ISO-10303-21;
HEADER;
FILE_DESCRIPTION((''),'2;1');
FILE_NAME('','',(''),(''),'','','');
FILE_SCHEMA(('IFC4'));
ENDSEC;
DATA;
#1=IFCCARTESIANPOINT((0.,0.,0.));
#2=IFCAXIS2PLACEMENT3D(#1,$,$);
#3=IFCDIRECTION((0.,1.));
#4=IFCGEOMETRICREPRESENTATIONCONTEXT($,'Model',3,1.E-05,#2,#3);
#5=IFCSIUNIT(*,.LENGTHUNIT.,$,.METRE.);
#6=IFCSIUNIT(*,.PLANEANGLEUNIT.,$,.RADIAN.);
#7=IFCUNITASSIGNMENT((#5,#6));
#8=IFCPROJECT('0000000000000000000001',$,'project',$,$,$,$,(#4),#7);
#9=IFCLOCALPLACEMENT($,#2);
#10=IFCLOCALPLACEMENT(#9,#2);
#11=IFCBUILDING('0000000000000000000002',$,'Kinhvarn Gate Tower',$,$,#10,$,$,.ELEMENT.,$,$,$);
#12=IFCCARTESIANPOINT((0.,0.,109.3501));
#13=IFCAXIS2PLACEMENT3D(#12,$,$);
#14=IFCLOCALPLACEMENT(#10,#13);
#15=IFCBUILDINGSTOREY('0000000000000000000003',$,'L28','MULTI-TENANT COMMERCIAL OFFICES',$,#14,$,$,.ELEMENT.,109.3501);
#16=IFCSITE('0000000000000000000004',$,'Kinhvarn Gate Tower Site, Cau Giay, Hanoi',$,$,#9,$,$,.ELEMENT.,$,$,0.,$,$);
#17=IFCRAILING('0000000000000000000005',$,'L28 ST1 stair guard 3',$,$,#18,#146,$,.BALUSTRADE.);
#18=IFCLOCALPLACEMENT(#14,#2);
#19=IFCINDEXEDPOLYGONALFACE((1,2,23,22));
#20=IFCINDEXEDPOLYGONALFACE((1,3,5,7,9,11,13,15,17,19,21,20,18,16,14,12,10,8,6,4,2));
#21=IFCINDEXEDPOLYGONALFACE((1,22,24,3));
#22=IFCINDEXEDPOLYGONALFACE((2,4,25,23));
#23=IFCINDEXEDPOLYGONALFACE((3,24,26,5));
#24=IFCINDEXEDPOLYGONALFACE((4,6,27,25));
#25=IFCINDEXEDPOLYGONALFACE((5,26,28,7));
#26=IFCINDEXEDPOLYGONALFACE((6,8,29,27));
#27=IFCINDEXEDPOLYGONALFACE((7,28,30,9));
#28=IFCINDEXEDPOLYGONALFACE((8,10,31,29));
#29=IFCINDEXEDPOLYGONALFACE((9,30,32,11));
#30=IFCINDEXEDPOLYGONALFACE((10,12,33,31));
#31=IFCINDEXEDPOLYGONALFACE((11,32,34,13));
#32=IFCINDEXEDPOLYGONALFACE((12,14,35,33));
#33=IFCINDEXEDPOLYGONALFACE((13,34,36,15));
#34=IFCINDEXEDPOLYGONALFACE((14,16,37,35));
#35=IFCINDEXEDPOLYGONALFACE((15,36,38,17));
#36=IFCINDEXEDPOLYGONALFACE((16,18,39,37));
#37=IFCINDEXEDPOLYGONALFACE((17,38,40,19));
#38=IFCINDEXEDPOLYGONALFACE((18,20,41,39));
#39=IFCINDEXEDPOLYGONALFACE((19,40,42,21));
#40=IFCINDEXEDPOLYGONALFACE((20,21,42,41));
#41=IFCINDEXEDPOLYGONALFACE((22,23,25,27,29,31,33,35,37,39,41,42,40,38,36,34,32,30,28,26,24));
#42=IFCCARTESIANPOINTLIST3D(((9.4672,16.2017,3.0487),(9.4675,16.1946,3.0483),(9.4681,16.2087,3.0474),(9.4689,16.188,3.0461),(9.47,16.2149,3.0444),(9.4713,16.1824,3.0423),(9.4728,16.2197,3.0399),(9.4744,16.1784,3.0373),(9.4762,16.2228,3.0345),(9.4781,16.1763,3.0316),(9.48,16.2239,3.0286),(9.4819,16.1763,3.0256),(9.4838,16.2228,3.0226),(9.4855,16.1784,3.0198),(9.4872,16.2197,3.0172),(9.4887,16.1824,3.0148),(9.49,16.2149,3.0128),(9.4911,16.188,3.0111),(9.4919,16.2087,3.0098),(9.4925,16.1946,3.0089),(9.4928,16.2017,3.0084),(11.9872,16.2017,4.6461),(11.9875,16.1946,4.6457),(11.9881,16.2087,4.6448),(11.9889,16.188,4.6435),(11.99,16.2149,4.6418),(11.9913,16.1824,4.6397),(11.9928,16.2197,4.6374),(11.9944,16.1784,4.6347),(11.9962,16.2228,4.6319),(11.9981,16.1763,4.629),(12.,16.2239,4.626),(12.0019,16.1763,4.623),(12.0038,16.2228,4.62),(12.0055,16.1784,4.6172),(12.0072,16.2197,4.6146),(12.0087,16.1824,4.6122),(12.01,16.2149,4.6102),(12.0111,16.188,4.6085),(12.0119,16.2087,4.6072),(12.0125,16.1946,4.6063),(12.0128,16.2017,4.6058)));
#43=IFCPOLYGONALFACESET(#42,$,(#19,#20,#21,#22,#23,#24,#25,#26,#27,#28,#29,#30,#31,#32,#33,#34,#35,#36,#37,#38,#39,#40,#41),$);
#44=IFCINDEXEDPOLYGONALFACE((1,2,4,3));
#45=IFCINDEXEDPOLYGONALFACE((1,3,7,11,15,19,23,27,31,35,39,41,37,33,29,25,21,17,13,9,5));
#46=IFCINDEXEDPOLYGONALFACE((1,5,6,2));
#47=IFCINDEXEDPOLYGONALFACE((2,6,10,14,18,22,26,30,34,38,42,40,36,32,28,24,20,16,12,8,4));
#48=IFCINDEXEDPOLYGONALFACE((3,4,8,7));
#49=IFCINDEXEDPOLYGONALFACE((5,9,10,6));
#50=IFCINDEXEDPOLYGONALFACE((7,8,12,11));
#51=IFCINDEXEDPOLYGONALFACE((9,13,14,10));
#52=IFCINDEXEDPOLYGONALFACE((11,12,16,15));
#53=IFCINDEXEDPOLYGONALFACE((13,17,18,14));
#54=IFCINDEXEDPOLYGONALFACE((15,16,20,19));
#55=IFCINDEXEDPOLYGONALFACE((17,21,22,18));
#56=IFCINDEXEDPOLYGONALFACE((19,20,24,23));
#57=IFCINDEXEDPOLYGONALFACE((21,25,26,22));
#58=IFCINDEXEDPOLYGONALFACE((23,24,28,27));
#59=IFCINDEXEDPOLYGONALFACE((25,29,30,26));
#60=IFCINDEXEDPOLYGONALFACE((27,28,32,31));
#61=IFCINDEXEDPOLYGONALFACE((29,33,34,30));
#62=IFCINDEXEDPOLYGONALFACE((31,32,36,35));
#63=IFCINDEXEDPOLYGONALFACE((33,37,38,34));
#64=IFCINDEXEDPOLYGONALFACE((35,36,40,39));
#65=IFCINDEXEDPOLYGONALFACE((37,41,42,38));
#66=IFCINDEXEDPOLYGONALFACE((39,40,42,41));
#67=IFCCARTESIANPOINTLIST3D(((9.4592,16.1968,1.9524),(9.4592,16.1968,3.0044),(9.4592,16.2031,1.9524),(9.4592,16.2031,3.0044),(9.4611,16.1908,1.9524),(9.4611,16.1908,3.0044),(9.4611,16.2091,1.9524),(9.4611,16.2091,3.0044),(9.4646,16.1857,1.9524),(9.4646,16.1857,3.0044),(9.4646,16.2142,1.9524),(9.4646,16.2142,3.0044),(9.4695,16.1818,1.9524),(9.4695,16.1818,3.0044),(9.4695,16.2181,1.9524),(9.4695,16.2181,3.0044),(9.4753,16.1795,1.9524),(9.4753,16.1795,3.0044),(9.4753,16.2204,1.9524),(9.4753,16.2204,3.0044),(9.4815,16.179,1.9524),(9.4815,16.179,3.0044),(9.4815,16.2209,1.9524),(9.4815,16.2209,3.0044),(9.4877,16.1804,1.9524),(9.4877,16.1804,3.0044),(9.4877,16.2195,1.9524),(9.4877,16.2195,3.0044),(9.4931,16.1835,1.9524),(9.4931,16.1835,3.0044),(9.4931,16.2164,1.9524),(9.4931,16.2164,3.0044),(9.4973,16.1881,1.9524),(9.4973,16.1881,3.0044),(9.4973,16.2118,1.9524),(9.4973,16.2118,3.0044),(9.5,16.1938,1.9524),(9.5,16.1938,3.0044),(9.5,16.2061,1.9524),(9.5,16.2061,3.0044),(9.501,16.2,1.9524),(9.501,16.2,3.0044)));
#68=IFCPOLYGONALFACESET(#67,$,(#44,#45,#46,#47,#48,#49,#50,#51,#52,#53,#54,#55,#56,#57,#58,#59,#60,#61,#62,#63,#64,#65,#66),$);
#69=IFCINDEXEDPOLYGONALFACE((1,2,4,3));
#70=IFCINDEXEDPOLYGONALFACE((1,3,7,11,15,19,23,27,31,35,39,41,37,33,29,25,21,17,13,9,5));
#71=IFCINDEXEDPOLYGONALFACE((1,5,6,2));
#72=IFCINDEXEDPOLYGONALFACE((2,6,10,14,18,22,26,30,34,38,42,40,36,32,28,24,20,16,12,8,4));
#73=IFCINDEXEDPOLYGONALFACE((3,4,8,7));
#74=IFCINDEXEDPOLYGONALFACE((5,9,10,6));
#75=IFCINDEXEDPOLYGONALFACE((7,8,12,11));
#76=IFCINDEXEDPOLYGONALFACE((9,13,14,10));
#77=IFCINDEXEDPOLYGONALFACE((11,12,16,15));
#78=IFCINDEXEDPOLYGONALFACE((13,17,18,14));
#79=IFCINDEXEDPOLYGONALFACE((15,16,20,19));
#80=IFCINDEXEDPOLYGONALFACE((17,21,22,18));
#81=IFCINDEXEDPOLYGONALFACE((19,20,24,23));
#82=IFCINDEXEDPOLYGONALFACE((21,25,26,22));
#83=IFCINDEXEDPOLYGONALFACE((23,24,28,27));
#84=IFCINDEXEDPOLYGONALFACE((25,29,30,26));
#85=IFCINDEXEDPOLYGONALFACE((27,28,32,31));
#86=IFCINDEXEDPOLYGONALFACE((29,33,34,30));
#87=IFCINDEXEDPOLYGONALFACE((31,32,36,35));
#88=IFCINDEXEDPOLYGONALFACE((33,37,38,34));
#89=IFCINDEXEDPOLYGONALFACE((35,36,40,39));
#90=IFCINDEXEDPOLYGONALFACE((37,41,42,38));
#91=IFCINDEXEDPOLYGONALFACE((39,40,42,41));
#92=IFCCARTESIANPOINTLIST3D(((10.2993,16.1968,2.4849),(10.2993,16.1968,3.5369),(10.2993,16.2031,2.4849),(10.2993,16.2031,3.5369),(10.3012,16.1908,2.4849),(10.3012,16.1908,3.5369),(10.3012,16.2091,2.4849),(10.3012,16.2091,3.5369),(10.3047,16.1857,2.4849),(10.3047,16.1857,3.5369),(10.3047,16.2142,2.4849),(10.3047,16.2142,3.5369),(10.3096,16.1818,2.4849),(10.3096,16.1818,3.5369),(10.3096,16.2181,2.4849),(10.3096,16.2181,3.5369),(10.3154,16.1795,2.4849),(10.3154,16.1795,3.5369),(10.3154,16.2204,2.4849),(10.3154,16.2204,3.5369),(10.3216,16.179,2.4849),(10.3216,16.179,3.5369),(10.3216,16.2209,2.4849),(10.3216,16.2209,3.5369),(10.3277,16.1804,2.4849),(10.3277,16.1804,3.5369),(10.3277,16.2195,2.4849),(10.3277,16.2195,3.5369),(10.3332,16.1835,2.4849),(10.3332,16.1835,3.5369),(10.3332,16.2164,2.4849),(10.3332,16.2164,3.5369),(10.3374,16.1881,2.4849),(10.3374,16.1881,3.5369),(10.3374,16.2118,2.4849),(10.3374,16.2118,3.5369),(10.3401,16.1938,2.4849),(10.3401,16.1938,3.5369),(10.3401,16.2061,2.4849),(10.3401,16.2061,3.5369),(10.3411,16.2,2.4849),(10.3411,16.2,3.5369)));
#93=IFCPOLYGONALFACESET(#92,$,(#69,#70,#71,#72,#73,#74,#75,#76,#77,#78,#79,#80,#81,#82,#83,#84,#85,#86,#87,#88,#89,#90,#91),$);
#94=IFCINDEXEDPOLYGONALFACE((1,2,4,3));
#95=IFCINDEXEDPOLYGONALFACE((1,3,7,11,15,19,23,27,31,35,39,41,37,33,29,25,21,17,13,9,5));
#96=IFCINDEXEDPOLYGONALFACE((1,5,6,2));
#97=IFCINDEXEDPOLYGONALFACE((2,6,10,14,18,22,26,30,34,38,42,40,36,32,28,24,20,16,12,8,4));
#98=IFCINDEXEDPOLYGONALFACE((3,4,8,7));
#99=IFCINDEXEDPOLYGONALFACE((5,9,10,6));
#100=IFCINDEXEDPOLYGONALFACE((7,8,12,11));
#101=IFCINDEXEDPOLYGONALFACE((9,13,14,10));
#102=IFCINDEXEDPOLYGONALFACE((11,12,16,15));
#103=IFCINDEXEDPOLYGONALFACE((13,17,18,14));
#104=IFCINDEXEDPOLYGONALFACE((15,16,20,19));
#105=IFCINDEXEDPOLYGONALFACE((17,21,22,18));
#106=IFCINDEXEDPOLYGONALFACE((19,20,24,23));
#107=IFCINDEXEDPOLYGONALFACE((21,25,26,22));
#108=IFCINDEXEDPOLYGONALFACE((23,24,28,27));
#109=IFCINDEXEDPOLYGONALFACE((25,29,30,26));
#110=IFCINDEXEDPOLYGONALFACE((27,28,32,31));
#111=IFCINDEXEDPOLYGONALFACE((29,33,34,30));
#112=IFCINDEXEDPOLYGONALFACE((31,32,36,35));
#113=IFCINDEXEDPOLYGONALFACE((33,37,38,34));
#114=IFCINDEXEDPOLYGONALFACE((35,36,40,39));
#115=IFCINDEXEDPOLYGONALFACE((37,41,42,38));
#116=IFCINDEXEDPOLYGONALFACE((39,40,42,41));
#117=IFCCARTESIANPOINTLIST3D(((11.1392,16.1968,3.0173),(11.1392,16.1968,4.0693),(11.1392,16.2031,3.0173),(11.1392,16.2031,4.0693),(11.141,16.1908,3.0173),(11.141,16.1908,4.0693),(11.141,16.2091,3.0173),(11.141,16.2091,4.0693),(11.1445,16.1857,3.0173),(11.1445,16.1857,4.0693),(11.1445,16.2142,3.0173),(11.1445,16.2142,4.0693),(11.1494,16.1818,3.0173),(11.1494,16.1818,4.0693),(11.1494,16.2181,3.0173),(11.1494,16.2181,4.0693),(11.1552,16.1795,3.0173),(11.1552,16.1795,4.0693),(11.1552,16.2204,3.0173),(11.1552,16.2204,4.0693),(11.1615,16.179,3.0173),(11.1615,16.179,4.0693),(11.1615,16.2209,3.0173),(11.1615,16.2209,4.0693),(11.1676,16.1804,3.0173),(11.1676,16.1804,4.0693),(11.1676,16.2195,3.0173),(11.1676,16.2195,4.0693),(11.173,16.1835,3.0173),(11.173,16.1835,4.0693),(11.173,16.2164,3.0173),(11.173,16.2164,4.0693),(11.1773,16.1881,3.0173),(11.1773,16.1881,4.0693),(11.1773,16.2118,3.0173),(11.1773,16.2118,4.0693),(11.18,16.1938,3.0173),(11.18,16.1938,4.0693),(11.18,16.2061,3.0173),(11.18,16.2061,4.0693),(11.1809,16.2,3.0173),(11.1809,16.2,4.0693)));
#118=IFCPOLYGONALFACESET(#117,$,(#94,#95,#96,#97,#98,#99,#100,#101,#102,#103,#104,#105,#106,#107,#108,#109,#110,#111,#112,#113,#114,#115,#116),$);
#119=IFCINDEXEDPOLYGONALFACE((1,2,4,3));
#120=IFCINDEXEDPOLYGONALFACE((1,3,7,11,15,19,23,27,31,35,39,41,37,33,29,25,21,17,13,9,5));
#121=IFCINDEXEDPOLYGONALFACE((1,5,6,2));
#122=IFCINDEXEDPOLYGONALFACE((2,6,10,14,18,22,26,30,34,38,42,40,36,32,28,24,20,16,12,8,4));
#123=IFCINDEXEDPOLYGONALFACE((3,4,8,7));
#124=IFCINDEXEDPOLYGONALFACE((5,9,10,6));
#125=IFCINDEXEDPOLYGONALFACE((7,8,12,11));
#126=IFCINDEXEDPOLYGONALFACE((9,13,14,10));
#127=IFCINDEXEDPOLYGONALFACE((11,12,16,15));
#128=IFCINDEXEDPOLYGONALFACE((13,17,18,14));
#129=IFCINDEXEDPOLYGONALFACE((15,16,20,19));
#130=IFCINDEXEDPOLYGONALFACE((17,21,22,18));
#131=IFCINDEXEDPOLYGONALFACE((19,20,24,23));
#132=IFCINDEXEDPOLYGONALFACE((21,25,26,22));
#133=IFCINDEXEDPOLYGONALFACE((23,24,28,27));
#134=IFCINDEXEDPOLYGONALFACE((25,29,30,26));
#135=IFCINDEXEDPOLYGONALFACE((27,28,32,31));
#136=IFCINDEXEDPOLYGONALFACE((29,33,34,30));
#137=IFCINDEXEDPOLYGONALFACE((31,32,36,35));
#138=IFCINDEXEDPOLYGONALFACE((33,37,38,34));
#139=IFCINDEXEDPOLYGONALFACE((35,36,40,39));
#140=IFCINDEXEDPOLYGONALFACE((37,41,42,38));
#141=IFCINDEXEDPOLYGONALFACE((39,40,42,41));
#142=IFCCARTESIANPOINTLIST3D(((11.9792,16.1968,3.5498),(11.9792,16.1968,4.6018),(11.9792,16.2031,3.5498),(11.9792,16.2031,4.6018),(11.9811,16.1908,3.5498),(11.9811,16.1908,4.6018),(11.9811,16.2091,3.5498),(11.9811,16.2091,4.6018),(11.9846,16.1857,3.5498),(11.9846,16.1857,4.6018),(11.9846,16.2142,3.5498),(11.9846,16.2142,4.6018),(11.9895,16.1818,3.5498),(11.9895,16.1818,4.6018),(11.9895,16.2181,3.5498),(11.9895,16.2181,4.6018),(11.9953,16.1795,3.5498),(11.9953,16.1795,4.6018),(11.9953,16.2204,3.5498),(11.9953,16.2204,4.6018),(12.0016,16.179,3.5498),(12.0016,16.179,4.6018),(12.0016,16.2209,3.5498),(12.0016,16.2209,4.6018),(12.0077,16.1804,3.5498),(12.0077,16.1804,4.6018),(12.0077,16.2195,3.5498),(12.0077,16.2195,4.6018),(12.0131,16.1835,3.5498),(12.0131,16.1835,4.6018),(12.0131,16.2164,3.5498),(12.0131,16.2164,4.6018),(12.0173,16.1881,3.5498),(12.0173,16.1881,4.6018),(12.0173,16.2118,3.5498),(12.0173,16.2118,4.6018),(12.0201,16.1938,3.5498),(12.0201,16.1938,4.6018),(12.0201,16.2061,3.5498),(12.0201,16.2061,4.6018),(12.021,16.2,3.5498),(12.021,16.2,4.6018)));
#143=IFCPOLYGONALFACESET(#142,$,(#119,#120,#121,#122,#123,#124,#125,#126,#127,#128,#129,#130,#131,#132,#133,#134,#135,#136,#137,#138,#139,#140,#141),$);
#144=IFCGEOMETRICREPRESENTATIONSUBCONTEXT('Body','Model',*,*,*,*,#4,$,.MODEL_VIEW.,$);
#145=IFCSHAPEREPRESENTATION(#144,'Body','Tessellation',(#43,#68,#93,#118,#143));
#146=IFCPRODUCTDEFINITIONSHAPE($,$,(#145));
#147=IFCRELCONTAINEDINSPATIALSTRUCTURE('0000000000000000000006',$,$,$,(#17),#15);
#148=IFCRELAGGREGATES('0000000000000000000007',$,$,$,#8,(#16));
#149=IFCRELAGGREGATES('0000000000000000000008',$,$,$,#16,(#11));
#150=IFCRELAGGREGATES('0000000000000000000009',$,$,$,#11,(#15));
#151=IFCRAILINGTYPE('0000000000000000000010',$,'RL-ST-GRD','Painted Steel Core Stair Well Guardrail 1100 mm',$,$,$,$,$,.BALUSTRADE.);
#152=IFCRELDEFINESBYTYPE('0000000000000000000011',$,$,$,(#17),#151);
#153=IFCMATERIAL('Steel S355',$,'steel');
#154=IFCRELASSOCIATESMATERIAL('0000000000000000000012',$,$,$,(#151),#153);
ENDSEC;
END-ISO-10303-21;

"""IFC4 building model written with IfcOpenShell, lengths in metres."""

from ifc_helpers import new_model, si_unit, direction, frame, origin, origin_2d, place, context, subcontext, project, spatial, circle, extrude, material, type_object, element, save


model = new_model("IFC4")

# Units and contexts
model_context = context("Model", 3, precision=1e-05, world=origin(), true_north=direction((0.0, 1.0)))
body_context = subcontext(model_context, "Body", "Model", "MODEL_VIEW")
ifc_project = project(units=[si_unit("LENGTHUNIT", "METRE"), si_unit("PLANEANGLEUNIT", "RADIAN")], contexts=[model_context])

# Site, building, storey
site_placement = place(None, origin())
site = spatial("IfcSite", under=ifc_project, at=site_placement, Name="Kinhvarn Gate Tower Site, Cau Giay, Hanoi", CompositionType="ELEMENT", RefElevation=0.0)
building_placement = place(site_placement, origin())
building = spatial("IfcBuilding", under=site, at=building_placement, Name="Kinhvarn Gate Tower", CompositionType="ELEMENT")
storey_placement = place(building_placement, frame((0.0, 0.0, 109.3501)))
storey = spatial("IfcBuildingStorey", under=building, at=storey_placement, Name="L28", Description="MULTI-TENANT COMMERCIAL OFFICES", CompositionType="ELEMENT", Elevation=109.3501)

# Shared definitions
ifc_material_1 = material(Name="Steel S355", Category="steel")

# Railing
railing_type_1 = type_object("IfcRailingType", Name="RL-ST-GRD", Description="Painted Steel Core Stair Well Guardrail 1100 mm", PredefinedType="BALUSTRADE", material=ifc_material_1)
railing_1_placement = place(storey_placement, frame((9.48, 16.2, 1.9524)))
element("IfcRailing", 1, at=railing_1_placement, inside=storey, type_object=railing_type_1, Name="L28 ST1 stair guard 3", PredefinedType="BALUSTRADE", context=body_context, shape_type="SweptSolid", body=[
    extrude(circle(Radius=0.0239, at=origin_2d()), frame((0.0, 0.0, 1.0762), z_axis=(0.844607, 0.0, 0.535387), x_axis=(0.0, 1.0, 0.0)), (0.0, 0.0, 1.0), 2.9836),
    extrude(circle(Radius=0.021, at=origin_2d()), origin(), (0.0, 0.0, 1.0), 1.052),
    extrude(circle(Radius=0.021, at=origin_2d()), frame((0.8401, 0.0, 0.5325)), (0.0, 0.0, 1.0), 1.052),
    extrude(circle(Radius=0.021, at=origin_2d()), frame((1.6799, 0.0, 1.0649)), (0.0, 0.0, 1.0), 1.052),
    extrude(circle(Radius=0.021, at=origin_2d()), frame((2.52, 0.0, 1.5974)), (0.0, 0.0, 1.0), 1.052),
])

save(model, "model.ifc")
